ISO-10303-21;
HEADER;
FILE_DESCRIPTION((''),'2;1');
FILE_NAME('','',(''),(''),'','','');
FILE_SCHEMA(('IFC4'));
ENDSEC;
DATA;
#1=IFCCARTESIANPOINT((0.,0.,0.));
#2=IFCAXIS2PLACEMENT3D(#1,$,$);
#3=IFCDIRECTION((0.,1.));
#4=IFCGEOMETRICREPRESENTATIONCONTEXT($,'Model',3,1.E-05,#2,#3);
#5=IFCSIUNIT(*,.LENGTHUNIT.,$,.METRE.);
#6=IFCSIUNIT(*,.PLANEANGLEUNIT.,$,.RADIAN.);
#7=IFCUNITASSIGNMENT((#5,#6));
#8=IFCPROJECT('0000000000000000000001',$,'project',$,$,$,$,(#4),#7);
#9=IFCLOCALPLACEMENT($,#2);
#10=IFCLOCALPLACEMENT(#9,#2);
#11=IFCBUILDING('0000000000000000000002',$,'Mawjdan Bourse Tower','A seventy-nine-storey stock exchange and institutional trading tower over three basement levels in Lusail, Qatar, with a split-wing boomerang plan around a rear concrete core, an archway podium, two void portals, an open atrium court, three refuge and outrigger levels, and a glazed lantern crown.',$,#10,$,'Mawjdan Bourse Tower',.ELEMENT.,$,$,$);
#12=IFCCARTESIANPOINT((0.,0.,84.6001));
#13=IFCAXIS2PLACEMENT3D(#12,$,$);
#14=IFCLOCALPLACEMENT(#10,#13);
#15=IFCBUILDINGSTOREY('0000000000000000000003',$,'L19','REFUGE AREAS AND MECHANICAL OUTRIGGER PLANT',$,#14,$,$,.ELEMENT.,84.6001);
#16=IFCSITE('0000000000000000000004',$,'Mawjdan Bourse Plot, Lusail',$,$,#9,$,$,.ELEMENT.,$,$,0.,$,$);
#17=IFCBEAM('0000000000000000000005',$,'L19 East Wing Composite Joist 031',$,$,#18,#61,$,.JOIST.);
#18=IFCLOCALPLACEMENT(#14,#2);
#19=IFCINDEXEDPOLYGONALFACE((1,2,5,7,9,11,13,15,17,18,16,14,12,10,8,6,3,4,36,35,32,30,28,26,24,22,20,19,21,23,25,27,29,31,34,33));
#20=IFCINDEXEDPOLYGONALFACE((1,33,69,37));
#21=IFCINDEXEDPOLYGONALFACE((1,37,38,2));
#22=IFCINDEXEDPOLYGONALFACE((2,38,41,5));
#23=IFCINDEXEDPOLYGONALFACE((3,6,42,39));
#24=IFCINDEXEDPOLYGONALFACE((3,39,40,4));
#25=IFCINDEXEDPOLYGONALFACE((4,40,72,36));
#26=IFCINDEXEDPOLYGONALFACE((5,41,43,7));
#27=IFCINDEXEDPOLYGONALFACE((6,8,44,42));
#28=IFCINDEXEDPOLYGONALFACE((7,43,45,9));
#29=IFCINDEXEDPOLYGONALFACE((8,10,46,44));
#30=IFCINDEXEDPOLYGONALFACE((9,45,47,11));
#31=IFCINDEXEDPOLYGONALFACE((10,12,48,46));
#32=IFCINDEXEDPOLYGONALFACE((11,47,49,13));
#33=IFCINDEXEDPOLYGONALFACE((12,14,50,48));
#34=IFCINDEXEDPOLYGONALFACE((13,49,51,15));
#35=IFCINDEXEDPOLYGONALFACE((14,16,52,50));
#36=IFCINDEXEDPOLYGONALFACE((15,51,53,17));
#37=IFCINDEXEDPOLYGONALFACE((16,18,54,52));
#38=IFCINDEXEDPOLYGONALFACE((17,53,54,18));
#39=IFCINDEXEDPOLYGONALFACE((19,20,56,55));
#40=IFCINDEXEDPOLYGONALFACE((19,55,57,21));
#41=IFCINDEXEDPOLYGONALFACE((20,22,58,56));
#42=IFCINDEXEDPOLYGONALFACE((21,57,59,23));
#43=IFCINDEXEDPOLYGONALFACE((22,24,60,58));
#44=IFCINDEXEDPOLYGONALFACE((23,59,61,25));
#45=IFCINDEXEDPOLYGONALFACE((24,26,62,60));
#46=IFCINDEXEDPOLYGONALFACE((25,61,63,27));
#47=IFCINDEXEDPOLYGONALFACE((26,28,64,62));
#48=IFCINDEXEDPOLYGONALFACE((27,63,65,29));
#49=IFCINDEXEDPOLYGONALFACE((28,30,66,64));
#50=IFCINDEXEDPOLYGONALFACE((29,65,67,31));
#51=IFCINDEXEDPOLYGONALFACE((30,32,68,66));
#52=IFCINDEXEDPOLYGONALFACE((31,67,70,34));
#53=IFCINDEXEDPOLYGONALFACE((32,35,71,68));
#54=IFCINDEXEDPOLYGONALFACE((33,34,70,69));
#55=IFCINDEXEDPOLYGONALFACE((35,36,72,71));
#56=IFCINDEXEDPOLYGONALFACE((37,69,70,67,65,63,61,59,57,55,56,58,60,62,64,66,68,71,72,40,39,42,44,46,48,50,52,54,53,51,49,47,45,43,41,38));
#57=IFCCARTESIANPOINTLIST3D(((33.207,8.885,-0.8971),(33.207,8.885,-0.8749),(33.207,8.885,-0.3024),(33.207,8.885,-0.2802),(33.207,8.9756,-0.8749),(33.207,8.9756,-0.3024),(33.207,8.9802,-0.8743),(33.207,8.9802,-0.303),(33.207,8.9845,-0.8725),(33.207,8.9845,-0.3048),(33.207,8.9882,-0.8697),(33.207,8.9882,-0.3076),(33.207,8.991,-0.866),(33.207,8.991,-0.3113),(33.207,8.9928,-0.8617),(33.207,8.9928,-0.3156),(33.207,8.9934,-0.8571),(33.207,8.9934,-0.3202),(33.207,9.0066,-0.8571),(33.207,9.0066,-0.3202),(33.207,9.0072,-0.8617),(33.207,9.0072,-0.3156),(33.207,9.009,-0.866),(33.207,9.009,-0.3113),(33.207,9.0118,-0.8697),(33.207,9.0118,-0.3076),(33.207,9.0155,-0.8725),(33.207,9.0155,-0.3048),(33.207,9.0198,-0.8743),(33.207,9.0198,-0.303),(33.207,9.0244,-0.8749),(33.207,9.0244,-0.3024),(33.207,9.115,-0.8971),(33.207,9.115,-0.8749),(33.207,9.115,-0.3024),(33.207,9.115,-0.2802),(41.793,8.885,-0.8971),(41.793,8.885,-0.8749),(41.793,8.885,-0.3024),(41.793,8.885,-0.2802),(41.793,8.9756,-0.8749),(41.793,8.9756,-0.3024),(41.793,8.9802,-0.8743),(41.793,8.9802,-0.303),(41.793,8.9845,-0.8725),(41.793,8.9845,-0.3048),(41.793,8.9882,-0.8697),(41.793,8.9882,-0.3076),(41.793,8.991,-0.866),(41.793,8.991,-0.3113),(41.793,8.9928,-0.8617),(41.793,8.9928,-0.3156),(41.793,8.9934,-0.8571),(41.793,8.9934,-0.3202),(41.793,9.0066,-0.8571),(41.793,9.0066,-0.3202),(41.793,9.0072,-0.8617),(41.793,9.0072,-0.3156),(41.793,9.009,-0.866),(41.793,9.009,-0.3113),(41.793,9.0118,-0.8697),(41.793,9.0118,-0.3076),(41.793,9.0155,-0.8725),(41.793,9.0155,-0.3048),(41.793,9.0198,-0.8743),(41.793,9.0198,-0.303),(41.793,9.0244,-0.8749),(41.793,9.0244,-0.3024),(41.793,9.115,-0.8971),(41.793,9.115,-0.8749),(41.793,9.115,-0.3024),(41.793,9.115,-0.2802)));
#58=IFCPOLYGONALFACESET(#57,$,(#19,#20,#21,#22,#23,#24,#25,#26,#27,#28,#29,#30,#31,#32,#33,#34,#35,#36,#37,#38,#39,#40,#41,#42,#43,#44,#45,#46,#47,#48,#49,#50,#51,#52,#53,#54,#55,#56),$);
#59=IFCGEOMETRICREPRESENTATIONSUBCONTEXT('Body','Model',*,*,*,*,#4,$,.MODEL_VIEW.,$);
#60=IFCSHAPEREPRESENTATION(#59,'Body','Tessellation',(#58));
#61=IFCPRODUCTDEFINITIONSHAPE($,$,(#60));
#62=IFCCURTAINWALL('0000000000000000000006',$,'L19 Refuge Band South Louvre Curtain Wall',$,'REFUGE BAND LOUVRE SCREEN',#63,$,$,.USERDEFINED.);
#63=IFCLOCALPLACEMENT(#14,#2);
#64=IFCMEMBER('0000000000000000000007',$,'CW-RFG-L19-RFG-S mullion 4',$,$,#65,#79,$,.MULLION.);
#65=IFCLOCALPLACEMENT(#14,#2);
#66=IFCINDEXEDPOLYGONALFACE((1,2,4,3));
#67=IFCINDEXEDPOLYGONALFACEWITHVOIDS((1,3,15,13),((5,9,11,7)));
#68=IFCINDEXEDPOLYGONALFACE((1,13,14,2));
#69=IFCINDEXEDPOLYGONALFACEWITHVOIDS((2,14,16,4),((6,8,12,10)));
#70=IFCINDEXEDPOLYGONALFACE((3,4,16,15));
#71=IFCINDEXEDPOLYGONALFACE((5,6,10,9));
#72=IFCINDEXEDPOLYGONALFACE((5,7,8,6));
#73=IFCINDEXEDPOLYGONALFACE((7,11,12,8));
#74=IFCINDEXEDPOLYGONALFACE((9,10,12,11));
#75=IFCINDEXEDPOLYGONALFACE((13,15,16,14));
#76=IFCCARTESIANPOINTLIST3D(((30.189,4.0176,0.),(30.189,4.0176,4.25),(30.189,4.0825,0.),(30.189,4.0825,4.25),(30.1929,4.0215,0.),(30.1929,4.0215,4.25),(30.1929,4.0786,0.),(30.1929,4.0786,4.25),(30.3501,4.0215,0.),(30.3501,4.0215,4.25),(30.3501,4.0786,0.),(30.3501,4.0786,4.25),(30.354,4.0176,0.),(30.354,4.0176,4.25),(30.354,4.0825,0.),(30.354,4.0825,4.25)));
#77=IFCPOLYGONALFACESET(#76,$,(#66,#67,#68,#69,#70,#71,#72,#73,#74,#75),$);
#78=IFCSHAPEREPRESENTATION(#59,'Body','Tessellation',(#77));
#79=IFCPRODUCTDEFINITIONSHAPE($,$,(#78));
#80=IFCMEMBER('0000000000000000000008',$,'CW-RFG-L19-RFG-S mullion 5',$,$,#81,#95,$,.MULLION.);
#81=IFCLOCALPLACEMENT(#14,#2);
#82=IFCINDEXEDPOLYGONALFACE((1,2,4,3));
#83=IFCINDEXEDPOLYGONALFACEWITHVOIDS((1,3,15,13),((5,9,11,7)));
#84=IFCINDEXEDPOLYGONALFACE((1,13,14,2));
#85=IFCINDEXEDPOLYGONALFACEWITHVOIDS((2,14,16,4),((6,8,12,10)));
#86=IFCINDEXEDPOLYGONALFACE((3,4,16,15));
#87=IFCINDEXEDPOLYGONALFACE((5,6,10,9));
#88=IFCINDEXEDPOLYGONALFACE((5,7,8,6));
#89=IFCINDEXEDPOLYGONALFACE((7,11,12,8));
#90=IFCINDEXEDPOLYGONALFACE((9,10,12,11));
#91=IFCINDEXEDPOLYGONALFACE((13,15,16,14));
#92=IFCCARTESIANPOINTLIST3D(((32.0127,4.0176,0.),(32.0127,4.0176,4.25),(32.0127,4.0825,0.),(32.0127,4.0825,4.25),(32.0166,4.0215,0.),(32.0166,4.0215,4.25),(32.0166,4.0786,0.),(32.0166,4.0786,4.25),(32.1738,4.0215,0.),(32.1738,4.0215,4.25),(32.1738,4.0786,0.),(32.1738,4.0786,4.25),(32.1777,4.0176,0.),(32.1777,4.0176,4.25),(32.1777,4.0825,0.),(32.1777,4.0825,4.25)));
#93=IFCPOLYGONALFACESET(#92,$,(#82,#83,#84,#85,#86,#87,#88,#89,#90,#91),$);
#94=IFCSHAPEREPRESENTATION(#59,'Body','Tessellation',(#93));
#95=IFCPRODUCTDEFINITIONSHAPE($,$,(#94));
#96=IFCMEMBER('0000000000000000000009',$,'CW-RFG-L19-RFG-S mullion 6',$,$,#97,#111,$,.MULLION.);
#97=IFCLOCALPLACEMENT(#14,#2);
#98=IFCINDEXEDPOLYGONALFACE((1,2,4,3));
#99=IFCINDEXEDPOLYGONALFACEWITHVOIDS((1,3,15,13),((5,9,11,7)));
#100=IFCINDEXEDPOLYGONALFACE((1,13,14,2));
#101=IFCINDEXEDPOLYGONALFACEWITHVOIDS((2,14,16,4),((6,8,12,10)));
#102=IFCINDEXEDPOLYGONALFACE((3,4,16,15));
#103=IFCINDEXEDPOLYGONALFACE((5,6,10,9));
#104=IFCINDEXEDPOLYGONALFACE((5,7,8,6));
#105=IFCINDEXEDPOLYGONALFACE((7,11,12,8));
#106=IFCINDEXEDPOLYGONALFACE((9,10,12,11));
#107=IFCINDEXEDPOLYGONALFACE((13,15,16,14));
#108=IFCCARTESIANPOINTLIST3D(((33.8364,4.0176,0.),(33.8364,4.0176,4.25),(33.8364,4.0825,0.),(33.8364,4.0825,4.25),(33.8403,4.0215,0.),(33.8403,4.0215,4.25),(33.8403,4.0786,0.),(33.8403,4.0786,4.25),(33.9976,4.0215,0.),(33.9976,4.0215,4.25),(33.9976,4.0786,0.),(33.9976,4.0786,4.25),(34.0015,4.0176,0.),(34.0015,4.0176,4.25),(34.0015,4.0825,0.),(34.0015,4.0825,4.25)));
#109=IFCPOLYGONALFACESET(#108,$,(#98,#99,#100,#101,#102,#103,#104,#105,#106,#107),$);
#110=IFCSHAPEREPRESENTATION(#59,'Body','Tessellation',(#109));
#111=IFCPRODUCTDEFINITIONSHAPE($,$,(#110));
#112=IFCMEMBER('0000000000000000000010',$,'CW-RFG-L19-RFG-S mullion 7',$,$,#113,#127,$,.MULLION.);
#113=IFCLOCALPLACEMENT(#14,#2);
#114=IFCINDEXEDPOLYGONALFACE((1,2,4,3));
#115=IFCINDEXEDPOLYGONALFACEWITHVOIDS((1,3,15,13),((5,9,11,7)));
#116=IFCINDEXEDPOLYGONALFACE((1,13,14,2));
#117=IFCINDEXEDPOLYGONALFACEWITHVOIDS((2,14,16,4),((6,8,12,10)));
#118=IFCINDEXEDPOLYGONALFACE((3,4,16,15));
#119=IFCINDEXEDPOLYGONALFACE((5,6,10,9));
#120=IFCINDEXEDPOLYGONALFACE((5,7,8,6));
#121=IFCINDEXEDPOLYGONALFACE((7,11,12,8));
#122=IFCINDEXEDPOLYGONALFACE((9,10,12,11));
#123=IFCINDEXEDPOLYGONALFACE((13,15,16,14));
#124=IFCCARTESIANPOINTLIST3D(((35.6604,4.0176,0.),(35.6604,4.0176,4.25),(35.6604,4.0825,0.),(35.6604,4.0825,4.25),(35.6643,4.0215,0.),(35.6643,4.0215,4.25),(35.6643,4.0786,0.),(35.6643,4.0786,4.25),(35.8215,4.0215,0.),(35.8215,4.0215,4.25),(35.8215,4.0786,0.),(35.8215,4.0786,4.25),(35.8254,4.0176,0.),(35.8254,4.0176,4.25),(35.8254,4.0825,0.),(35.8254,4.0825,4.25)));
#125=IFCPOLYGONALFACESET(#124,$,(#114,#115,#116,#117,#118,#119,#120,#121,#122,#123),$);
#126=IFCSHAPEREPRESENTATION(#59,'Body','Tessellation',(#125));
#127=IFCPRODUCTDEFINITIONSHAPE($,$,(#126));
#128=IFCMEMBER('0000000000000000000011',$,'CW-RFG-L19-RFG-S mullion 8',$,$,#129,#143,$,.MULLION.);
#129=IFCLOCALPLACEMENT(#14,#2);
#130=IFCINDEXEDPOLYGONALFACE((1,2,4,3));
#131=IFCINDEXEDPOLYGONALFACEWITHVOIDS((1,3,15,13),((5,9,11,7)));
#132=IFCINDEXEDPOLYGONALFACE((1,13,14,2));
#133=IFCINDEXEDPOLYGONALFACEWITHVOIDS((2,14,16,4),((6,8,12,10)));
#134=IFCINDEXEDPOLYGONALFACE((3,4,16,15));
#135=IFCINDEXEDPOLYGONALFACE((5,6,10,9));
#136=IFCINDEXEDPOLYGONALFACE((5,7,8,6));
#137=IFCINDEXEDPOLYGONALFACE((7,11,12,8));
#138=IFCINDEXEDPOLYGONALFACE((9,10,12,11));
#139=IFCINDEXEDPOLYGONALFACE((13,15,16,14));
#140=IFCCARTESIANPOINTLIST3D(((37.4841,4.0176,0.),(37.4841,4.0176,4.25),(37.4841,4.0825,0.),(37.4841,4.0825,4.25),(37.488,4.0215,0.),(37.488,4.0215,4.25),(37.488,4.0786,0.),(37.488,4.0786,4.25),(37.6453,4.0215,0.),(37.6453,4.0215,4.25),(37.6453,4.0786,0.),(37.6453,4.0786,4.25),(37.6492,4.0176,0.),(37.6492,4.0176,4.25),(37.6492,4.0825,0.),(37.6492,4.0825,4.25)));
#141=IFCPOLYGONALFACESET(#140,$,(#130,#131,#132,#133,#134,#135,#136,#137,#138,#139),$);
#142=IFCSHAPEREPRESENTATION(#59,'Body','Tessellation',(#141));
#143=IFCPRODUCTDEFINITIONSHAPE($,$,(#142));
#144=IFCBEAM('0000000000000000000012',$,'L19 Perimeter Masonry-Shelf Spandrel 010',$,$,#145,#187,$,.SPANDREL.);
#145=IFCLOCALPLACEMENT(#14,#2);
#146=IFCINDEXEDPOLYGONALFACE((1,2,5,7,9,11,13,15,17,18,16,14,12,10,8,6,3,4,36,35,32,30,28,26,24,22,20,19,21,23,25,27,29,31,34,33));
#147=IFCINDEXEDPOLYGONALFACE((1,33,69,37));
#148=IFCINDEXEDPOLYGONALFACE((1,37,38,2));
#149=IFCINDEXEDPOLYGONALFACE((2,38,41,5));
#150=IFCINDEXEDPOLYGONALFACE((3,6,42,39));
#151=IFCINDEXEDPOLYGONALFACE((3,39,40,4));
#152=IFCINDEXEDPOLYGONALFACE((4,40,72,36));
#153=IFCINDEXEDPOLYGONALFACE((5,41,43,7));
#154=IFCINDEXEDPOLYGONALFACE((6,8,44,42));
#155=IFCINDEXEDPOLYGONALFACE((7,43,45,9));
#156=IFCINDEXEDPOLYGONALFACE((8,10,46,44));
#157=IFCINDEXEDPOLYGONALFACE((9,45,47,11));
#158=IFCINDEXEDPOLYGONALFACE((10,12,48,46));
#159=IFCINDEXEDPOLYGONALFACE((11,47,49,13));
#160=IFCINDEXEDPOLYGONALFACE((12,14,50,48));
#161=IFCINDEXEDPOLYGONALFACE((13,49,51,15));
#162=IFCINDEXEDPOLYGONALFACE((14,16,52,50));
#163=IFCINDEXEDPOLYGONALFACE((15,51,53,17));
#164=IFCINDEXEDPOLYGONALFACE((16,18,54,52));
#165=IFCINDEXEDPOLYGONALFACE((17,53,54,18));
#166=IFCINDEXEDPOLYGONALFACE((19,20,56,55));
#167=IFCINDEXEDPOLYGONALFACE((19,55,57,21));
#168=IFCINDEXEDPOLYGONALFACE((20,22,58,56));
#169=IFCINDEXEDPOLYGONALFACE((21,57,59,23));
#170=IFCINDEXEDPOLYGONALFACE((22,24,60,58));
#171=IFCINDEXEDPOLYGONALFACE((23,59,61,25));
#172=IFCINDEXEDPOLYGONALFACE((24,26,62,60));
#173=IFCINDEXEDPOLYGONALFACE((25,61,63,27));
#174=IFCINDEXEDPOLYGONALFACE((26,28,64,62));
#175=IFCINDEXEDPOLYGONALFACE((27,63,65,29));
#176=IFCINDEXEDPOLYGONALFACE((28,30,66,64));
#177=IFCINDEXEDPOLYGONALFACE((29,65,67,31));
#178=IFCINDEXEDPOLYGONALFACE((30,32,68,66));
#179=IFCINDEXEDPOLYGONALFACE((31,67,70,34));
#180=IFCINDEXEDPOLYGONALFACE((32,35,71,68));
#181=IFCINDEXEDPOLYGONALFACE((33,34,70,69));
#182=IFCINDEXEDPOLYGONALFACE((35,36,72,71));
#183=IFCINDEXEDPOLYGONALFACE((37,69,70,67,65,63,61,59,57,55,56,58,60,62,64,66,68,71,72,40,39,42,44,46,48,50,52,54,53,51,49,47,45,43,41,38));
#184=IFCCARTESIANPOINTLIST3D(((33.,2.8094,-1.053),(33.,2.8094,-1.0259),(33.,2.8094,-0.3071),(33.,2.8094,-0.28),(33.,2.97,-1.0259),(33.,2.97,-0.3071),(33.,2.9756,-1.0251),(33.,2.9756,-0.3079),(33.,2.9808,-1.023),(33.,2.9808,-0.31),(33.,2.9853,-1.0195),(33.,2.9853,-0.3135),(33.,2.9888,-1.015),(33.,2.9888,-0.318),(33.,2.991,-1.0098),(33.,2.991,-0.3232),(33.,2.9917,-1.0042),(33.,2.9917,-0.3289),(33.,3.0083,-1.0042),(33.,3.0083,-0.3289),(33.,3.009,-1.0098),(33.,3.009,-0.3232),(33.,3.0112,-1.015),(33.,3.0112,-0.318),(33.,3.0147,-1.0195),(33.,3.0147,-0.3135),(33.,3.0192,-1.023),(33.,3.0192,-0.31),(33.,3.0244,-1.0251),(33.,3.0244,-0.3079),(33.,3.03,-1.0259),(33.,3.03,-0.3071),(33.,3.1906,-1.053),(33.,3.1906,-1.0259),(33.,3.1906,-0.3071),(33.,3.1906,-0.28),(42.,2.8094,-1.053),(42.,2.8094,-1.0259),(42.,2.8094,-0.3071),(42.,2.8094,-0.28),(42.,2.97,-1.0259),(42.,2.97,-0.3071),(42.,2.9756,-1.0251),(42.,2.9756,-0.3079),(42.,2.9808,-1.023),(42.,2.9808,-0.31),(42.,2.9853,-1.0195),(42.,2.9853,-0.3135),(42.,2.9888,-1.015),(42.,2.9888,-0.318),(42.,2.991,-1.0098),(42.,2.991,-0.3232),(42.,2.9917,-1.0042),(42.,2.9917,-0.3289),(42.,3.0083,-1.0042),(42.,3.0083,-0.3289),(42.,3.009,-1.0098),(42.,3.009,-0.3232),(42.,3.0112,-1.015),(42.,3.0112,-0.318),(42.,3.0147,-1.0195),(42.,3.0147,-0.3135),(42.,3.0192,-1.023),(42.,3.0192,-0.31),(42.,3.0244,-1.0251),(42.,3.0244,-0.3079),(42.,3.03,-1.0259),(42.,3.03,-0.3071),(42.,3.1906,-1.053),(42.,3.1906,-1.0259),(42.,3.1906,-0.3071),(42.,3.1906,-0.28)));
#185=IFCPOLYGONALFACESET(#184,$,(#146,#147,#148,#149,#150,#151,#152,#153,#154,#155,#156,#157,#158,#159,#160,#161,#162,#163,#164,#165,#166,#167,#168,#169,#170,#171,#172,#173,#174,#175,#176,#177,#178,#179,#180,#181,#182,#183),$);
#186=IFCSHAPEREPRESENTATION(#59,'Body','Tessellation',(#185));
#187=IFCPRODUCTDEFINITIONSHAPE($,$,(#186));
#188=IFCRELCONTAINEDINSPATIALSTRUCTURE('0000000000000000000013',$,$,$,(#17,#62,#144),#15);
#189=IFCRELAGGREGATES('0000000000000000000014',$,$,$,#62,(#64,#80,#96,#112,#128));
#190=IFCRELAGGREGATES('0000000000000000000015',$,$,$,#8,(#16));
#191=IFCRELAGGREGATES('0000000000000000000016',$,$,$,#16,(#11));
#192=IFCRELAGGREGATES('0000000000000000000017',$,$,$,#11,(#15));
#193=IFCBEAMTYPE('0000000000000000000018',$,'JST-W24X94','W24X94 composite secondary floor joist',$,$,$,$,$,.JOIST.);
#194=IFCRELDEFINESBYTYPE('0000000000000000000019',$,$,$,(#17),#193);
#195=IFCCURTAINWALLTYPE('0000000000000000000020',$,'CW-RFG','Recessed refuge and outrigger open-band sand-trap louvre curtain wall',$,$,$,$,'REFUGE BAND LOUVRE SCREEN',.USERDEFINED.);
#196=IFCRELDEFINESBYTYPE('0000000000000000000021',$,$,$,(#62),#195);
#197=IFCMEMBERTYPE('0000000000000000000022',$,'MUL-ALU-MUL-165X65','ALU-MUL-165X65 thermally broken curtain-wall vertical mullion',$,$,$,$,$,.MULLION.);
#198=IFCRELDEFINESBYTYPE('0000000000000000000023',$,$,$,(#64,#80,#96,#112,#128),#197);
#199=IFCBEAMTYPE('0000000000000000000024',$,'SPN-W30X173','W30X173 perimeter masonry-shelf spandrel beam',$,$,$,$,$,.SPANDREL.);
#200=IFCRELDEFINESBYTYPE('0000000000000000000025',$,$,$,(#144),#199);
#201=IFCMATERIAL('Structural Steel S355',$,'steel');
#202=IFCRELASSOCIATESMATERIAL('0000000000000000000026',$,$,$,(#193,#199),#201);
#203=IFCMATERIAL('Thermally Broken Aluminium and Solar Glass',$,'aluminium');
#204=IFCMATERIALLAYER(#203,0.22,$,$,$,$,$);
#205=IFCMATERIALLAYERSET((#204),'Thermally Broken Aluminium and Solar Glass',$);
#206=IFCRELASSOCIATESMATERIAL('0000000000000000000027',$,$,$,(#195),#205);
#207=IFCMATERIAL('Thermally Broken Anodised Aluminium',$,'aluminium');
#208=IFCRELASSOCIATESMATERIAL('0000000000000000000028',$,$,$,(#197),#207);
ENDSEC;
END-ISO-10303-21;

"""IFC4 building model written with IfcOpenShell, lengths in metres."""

from ifc_helpers import new_model, si_unit, direction, frame, origin, origin_2d, place, context, subcontext, project, spatial, hollow_rectangle, i_section, extrude, material, layer, layer_set, material_profile, profile_set, type_object, element, aggregate, save


model = new_model("IFC4")

# Units and contexts
model_context = context("Model", 3, precision=1e-05, world=origin(), true_north=direction((0.0, 1.0)))
body_context = subcontext(model_context, "Body", "Model", "MODEL_VIEW")
ifc_project = project(units=[si_unit("LENGTHUNIT", "METRE"), si_unit("PLANEANGLEUNIT", "RADIAN")], contexts=[model_context])

# Site, building, storey
site_placement = place(None, origin())
site = spatial("IfcSite", under=ifc_project, at=site_placement, Name="Mawjdan Bourse Plot, Lusail", CompositionType="ELEMENT", RefElevation=0.0)
building_placement = place(site_placement, origin())
building = spatial("IfcBuilding", under=site, at=building_placement, Name="Mawjdan Bourse Tower", Description="A seventy-nine-storey stock exchange and institutional trading tower over three basement levels in Lusail, Qatar, with a split-wing boomerang plan around a rear concrete core, an archway podium, two void portals, an open atrium court, three refuge and outrigger levels, and a glazed lantern crown.", LongName="Mawjdan Bourse Tower", CompositionType="ELEMENT")
storey_placement = place(building_placement, frame((0.0, 0.0, 84.6001)))
storey = spatial("IfcBuildingStorey", under=building, at=storey_placement, Name="L19", Description="REFUGE AREAS AND MECHANICAL OUTRIGGER PLANT", CompositionType="ELEMENT", Elevation=84.6001)

# Beam
ifc_material_1 = material(Name="Structural Steel S355", Category="steel")
ifc_material_profile_1 = material_profile(ifc_material_1, i_section(OverallWidth=0.23, OverallDepth=0.6169, WebThickness=0.0132, FlangeThickness=0.0222, FilletRadius=0.0178, at=origin_2d()), Name="W24X94")
ifc_profile_set_1 = profile_set([ifc_material_profile_1], Name="Structural Steel S355")
beam_type_1 = type_object("IfcBeamType", Name="JST-W24X94", Description="W24X94 composite secondary floor joist", PredefinedType="JOIST", material=ifc_profile_set_1)
for number, where, z_axis, x_axis, name in (
    (1, (33.207, 9.0, -0.5886), (1.0, 0.0, 0.0), (0.0, 1.0, 0.0), "L19 East Wing Composite Joist 031"),
):
    element("IfcBeam", number, at=place(storey_placement, frame(where, z_axis=z_axis, x_axis=x_axis)), inside=storey, type_object=beam_type_1, Name=name, PredefinedType="JOIST", context=body_context, shape_type="SweptSolid", body=[
        extrude(i_section(OverallWidth=0.23, OverallDepth=0.6169, WebThickness=0.0132, FlangeThickness=0.0222, FilletRadius=0.0178, at=origin_2d()), origin(), (0.0, 0.0, 1.0), 8.5859),
    ])

# Curtain wall, members
ifc_material_2 = material(Name="Thermally Broken Aluminium and Solar Glass", Category="aluminium")
ifc_layer_1 = layer(ifc_material_2, 0.22)
ifc_layer_set_1 = layer_set([ifc_layer_1], Name="Thermally Broken Aluminium and Solar Glass")
curtain_wall_type = type_object("IfcCurtainWallType", Name="CW-RFG", Description="Recessed refuge and outrigger open-band sand-trap louvre curtain wall", ElementType="REFUGE BAND LOUVRE SCREEN", PredefinedType="USERDEFINED", material=ifc_layer_set_1)
curtain_wall_placement = place(storey_placement, origin())
curtain_wall = element("IfcCurtainWall", 2, at=curtain_wall_placement, inside=storey, type_object=curtain_wall_type, Name="L19 Refuge Band South Louvre Curtain Wall", ObjectType="REFUGE BAND LOUVRE SCREEN", PredefinedType="USERDEFINED")
ifc_material_3 = material(Name="Thermally Broken Anodised Aluminium", Category="aluminium")
ifc_material_profile_2 = material_profile(ifc_material_3, hollow_rectangle(XDim=0.0649, YDim=0.165, WallThickness=0.0039, at=origin_2d()), Name="ALU-MUL-165X65")
ifc_profile_set_2 = profile_set([ifc_material_profile_2], Name="Thermally Broken Anodised Aluminium")
member_type_1 = type_object("IfcMemberType", Name="MUL-ALU-MUL-165X65", Description="ALU-MUL-165X65 thermally broken curtain-wall vertical mullion", PredefinedType="MULLION", material=ifc_profile_set_2)
member_1_placement = place(storey_placement, frame((30.2715, 4.05, 0.0), z_axis=(0.0, 0.0, 1.0), x_axis=(0.0, 1.0, 0.0)))
member_1 = element("IfcMember", 3, at=member_1_placement, type_object=member_type_1, Name="CW-RFG-L19-RFG-S mullion 4", PredefinedType="MULLION", context=body_context, shape_type="SweptSolid", body=[
    extrude(hollow_rectangle(XDim=0.0649, YDim=0.165, WallThickness=0.0039, at=origin_2d()), origin(), (0.0, 0.0, 1.0), 4.25),
])
member_2_placement = place(storey_placement, frame((32.0952, 4.05, 0.0), z_axis=(0.0, 0.0, 1.0), x_axis=(0.0, 1.0, 0.0)))
member_2 = element("IfcMember", 4, at=member_2_placement, type_object=member_type_1, Name="CW-RFG-L19-RFG-S mullion 5", PredefinedType="MULLION", context=body_context, shape_type="SweptSolid", body=[
    extrude(hollow_rectangle(XDim=0.0649, YDim=0.165, WallThickness=0.0039, at=origin_2d()), origin(), (0.0, 0.0, 1.0), 4.25),
])
member_3_placement = place(storey_placement, frame((33.9189, 4.05, 0.0), z_axis=(0.0, 0.0, 1.0), x_axis=(0.0, 1.0, 0.0)))
member_3 = element("IfcMember", 5, at=member_3_placement, type_object=member_type_1, Name="CW-RFG-L19-RFG-S mullion 6", PredefinedType="MULLION", context=body_context, shape_type="SweptSolid", body=[
    extrude(hollow_rectangle(XDim=0.0649, YDim=0.165, WallThickness=0.0039, at=origin_2d()), origin(), (0.0, 0.0, 1.0), 4.25),
])
member_4_placement = place(storey_placement, frame((35.7429, 4.05, 0.0), z_axis=(0.0, 0.0, 1.0), x_axis=(0.0, 1.0, 0.0)))
member_4 = element("IfcMember", 6, at=member_4_placement, type_object=member_type_1, Name="CW-RFG-L19-RFG-S mullion 7", PredefinedType="MULLION", context=body_context, shape_type="SweptSolid", body=[
    extrude(hollow_rectangle(XDim=0.0649, YDim=0.165, WallThickness=0.0039, at=origin_2d()), origin(), (0.0, 0.0, 1.0), 4.25),
])
member_5_placement = place(storey_placement, frame((37.5667, 4.05, 0.0), z_axis=(0.0, 0.0, 1.0), x_axis=(0.0, 1.0, 0.0)))
member_5 = element("IfcMember", 7, at=member_5_placement, type_object=member_type_1, Name="CW-RFG-L19-RFG-S mullion 8", PredefinedType="MULLION", context=body_context, shape_type="SweptSolid", body=[
    extrude(hollow_rectangle(XDim=0.0649, YDim=0.165, WallThickness=0.0039, at=origin_2d()), origin(), (0.0, 0.0, 1.0), 4.25),
])

# Beam
ifc_material_profile_3 = material_profile(ifc_material_1, i_section(OverallWidth=0.3811, OverallDepth=0.7729, WebThickness=0.0166, FlangeThickness=0.0271, FilletRadius=0.0217, at=origin_2d()), Name="W30X173")
ifc_profile_set_3 = profile_set([ifc_material_profile_3], Name="Structural Steel S355")
beam_type_2 = type_object("IfcBeamType", Name="SPN-W30X173", Description="W30X173 perimeter masonry-shelf spandrel beam", PredefinedType="SPANDREL", material=ifc_profile_set_3)
beam_1_placement = place(storey_placement, frame((33.0, 3.0, -0.6665), z_axis=(1.0, 0.0, 0.0), x_axis=(0.0, 1.0, 0.0)))
element("IfcBeam", 8, at=beam_1_placement, inside=storey, type_object=beam_type_2, Name="L19 Perimeter Masonry-Shelf Spandrel 010", PredefinedType="SPANDREL", context=body_context, shape_type="SweptSolid", body=[
    extrude(i_section(OverallWidth=0.3811, OverallDepth=0.7729, WebThickness=0.0166, FlangeThickness=0.0271, FilletRadius=0.0217, at=origin_2d()), origin(), (0.0, 0.0, 1.0), 9.0),
])

aggregate(curtain_wall, [member_1, member_2, member_3, member_4, member_5])

save(model, "model.ifc")
